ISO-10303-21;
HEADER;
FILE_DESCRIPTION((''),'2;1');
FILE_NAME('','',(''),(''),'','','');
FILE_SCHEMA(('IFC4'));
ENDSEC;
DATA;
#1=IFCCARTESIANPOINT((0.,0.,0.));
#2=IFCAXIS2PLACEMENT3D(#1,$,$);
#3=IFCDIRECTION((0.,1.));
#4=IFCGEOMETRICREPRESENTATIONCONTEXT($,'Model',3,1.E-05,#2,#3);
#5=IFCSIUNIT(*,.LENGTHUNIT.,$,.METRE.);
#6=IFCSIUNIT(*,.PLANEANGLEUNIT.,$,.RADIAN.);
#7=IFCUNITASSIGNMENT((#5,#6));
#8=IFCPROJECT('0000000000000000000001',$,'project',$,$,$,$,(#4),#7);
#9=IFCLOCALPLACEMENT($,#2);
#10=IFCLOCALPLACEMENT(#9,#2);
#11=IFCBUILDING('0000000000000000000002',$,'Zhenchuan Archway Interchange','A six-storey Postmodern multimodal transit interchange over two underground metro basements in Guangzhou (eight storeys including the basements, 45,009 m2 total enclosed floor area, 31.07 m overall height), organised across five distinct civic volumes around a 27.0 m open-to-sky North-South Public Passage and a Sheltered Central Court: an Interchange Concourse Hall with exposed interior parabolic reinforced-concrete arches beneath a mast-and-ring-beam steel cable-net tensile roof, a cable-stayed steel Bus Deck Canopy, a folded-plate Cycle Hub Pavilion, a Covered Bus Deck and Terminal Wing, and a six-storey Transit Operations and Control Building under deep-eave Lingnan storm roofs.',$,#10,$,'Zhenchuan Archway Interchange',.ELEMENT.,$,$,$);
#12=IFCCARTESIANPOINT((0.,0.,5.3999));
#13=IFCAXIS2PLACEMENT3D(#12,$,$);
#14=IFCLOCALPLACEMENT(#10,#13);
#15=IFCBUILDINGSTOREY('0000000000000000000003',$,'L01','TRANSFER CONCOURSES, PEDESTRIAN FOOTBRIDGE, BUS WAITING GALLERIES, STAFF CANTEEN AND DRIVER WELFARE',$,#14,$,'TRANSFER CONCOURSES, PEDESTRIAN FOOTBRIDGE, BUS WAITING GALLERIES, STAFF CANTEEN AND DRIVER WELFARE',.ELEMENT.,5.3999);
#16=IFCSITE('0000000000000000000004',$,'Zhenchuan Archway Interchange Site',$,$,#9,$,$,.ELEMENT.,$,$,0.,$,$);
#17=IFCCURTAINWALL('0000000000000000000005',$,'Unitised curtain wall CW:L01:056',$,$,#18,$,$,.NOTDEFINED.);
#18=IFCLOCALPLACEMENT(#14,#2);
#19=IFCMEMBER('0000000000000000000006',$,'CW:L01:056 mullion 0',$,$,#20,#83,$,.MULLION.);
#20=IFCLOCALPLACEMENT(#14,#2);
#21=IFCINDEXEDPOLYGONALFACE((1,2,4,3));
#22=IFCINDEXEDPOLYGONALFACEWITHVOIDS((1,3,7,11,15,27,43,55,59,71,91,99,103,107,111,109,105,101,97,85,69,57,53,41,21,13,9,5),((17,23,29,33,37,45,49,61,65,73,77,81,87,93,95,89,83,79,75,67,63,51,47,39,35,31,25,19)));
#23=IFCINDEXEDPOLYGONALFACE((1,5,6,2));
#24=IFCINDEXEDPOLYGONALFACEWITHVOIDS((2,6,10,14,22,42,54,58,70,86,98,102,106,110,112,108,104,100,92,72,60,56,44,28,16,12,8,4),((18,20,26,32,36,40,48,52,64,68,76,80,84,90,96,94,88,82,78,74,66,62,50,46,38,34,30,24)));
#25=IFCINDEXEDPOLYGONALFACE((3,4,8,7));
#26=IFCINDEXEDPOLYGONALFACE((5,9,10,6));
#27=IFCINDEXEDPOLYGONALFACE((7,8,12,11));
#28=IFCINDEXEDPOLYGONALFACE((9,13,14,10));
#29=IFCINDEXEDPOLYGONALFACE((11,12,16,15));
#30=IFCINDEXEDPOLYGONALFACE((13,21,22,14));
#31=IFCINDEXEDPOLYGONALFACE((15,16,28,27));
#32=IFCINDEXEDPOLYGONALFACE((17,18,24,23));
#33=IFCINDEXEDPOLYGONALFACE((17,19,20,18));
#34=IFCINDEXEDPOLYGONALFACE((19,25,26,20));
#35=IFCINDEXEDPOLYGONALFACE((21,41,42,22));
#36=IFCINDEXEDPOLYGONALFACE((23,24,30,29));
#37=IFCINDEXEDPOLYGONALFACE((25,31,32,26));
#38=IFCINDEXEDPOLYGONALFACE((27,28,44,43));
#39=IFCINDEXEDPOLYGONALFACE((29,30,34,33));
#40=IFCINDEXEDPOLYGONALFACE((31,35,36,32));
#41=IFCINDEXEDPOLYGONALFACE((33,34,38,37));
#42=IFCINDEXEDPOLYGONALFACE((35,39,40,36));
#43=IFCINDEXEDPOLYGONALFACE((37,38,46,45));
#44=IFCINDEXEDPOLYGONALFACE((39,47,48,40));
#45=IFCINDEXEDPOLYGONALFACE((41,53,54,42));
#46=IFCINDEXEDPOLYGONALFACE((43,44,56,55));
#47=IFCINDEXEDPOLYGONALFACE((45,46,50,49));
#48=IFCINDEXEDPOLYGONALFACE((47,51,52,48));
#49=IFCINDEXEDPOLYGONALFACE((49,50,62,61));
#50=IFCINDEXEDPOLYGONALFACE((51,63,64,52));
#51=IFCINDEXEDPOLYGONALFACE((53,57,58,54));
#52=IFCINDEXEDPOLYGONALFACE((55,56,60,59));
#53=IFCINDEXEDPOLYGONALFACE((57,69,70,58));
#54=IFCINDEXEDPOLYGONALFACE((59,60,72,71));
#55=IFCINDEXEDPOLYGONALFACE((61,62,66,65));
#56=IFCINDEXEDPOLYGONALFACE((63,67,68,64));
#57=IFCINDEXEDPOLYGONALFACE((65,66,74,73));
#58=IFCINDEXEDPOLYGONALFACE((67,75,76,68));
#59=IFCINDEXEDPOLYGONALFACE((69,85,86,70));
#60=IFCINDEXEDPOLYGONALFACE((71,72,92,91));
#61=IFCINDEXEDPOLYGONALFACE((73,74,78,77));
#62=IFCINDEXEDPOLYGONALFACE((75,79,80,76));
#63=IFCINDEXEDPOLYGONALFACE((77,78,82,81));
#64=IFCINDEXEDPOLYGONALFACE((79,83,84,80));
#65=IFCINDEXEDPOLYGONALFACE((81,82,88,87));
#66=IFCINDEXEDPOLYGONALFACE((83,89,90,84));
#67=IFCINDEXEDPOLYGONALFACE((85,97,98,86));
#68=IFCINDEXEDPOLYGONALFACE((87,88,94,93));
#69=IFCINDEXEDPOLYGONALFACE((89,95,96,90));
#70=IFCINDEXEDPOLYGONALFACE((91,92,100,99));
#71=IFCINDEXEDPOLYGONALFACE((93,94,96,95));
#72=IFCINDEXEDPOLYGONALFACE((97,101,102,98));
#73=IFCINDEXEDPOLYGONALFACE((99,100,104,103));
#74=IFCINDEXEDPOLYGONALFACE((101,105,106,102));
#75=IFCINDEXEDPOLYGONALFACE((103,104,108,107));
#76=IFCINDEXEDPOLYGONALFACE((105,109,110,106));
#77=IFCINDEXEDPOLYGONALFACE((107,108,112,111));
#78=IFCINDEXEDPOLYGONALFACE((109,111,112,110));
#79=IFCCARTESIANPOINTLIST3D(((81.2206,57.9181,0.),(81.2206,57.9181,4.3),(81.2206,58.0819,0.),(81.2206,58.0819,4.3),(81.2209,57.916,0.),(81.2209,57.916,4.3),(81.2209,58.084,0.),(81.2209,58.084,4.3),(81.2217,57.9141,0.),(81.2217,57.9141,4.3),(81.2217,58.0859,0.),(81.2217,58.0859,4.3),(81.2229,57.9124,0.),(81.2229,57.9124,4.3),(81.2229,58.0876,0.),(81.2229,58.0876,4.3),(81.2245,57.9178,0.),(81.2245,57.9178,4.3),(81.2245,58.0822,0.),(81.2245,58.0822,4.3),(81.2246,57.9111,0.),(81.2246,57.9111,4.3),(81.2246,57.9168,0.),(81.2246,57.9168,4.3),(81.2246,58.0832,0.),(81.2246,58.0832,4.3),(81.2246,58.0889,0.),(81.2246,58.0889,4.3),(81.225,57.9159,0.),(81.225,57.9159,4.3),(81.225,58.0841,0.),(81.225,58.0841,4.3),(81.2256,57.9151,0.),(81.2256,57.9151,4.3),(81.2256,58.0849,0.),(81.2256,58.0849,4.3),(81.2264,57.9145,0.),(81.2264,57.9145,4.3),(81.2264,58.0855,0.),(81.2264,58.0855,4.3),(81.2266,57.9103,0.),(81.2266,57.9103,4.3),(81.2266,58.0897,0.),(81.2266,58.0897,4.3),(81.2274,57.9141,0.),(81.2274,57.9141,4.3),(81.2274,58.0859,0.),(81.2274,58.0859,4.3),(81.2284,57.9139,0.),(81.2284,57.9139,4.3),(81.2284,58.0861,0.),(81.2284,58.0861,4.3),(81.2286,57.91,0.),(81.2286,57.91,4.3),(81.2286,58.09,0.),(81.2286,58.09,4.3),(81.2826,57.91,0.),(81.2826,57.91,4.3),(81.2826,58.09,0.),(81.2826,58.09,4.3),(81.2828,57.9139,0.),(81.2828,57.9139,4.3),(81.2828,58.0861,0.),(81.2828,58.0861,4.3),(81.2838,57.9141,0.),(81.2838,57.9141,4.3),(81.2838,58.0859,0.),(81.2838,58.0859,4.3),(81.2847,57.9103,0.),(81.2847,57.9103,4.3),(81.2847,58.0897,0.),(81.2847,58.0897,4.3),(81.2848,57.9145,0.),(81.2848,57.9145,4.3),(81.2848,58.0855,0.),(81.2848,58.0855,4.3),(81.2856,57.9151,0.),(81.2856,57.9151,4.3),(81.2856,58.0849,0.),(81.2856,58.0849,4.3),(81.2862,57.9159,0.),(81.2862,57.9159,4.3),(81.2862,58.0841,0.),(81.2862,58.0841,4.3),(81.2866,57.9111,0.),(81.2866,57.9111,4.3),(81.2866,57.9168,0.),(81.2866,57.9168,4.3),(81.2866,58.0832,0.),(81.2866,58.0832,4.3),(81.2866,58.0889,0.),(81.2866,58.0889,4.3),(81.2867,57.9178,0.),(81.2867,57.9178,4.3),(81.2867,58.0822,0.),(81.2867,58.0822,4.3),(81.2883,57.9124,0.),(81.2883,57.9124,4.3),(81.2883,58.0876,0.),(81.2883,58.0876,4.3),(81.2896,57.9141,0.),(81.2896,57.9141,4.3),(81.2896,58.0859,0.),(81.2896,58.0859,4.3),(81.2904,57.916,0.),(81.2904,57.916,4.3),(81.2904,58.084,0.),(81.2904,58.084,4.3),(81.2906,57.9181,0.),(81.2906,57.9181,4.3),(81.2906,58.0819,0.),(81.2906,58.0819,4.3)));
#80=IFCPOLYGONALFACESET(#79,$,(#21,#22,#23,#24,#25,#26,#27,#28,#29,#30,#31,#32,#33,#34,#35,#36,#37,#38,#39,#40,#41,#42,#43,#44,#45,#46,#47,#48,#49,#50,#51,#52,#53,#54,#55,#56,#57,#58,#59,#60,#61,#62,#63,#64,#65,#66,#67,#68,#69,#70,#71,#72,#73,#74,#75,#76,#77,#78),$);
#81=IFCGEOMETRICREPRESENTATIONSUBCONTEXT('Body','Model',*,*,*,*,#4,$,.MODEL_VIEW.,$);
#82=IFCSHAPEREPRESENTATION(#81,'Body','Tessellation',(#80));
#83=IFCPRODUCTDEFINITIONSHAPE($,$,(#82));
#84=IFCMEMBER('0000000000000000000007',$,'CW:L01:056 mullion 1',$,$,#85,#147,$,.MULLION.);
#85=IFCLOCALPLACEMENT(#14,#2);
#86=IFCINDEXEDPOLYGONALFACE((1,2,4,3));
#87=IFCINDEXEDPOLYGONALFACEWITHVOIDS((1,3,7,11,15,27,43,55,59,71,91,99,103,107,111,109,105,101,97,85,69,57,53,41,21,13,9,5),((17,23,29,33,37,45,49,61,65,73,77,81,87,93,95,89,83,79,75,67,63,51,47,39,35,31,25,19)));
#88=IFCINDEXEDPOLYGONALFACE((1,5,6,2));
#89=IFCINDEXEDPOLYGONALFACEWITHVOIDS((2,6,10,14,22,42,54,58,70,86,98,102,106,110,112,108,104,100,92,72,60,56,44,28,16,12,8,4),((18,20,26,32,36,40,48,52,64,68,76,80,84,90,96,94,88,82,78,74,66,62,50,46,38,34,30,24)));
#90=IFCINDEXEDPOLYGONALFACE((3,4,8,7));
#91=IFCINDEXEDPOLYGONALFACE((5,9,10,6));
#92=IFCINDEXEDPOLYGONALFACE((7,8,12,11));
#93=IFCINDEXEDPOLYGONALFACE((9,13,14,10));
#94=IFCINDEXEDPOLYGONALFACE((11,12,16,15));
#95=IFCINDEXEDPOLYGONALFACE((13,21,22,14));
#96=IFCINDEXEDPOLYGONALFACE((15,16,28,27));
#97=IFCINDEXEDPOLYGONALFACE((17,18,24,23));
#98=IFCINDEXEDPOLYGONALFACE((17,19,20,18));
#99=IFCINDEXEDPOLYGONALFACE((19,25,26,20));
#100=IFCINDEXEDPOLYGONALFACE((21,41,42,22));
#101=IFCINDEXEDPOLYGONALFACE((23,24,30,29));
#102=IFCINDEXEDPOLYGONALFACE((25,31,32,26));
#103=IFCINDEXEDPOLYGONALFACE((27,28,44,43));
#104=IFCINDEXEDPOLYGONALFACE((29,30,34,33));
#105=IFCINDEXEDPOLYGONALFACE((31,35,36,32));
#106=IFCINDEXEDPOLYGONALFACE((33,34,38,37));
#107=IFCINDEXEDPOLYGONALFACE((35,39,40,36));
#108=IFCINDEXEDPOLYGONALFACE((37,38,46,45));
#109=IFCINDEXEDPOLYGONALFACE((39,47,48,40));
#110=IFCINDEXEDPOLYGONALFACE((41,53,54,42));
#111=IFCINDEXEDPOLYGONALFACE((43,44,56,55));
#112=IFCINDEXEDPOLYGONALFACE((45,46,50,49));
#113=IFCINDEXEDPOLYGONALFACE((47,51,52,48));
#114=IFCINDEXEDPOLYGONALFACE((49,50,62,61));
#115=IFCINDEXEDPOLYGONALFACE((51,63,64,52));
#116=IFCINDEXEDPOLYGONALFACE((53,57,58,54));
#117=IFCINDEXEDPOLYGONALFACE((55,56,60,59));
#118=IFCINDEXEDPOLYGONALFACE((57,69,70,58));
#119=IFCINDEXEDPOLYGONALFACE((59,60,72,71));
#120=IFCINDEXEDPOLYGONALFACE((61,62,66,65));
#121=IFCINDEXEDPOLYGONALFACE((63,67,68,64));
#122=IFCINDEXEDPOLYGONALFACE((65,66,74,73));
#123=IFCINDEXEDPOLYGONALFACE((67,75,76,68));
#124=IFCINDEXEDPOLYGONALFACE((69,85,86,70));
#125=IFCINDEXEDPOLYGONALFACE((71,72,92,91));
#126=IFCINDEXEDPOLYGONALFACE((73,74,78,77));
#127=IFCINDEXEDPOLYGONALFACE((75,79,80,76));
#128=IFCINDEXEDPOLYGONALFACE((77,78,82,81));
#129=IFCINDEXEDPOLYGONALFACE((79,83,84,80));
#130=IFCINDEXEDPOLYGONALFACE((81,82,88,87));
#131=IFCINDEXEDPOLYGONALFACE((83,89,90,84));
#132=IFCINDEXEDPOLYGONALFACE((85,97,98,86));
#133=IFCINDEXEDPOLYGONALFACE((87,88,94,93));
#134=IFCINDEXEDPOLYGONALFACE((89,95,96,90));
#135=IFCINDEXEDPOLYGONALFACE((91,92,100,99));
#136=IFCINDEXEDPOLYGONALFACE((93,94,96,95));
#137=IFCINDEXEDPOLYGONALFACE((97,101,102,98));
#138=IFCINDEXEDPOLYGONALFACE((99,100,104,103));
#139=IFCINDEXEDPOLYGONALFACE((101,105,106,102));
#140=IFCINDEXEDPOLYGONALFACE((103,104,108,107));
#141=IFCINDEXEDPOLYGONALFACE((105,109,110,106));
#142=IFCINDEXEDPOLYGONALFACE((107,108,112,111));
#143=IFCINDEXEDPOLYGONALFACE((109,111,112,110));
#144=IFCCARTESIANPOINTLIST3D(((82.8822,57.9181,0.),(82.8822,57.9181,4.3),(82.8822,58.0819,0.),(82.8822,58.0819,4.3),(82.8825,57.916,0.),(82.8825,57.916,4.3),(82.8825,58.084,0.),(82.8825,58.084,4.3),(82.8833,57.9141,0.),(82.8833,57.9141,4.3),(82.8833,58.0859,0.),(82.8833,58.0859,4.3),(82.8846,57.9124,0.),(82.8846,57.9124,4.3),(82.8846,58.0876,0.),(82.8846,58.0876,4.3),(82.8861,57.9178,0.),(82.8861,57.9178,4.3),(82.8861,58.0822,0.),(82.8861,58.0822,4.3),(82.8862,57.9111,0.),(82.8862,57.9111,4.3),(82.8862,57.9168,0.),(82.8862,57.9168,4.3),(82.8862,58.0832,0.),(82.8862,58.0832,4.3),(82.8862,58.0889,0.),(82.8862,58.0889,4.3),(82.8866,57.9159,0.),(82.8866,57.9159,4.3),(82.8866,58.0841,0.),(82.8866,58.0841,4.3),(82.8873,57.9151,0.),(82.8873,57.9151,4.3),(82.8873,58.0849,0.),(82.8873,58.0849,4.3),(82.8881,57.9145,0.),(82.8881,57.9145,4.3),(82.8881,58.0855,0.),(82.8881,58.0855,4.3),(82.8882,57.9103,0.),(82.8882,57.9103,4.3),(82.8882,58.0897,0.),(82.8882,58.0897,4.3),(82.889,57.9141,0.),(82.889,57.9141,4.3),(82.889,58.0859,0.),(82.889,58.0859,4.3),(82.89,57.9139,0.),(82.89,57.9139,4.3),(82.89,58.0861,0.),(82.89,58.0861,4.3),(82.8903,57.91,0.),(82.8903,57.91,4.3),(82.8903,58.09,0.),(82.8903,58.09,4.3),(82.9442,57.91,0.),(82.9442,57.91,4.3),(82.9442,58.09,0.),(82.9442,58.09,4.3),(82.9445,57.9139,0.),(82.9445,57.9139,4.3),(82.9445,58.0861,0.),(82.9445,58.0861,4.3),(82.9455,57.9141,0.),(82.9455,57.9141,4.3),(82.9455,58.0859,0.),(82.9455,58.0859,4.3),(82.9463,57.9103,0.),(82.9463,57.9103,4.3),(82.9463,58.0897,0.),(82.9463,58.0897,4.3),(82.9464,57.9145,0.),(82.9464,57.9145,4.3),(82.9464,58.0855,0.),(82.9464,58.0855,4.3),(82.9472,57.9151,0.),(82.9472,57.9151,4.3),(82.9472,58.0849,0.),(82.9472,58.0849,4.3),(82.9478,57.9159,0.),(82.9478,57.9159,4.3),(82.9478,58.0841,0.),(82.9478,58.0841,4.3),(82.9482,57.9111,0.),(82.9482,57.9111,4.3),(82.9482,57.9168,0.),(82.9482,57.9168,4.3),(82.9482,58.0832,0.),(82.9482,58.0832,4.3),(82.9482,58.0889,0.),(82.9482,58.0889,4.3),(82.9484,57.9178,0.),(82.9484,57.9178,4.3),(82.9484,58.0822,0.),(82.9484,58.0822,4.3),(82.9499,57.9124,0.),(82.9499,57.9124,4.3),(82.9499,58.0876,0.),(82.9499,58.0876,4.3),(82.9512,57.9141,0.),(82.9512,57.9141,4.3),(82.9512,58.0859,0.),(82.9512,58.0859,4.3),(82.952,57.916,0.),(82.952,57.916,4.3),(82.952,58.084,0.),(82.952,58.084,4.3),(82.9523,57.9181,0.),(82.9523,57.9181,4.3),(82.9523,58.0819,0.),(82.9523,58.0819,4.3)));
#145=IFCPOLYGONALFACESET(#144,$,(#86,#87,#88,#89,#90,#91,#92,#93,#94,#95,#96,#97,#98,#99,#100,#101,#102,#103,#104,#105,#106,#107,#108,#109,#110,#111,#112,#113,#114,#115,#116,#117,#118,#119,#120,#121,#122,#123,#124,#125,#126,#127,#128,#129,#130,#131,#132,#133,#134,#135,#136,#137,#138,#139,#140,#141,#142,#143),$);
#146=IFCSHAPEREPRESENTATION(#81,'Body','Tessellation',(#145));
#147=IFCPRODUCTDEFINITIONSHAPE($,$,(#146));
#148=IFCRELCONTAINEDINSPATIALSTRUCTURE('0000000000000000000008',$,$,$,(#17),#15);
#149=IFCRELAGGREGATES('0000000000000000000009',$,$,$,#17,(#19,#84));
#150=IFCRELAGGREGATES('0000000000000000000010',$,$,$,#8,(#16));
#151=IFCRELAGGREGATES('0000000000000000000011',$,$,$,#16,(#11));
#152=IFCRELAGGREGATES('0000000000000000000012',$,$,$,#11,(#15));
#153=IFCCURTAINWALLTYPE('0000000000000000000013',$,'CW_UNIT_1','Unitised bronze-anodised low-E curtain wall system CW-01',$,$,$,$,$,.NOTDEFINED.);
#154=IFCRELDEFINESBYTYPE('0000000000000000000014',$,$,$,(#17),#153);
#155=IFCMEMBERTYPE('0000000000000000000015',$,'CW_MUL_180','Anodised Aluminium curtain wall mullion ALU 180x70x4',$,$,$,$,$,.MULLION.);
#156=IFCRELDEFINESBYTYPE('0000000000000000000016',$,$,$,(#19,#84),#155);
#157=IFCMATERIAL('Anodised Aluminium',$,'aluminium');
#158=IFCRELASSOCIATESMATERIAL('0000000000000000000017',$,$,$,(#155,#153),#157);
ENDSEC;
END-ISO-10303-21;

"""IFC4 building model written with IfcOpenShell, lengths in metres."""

from ifc_helpers import new_model, si_unit, direction, frame, origin, origin_2d, place, context, subcontext, project, spatial, hollow_rectangle, extrude, material, material_profile, profile_set, type_object, element, aggregate, save


model = new_model("IFC4")

# Units and contexts
model_context = context("Model", 3, precision=1e-05, world=origin(), true_north=direction((0.0, 1.0)))
body_context = subcontext(model_context, "Body", "Model", "MODEL_VIEW")
ifc_project = project(units=[si_unit("LENGTHUNIT", "METRE"), si_unit("PLANEANGLEUNIT", "RADIAN")], contexts=[model_context])

# Site, building, storey
site_placement = place(None, origin())
site = spatial("IfcSite", under=ifc_project, at=site_placement, Name="Zhenchuan Archway Interchange Site", CompositionType="ELEMENT", RefElevation=0.0)
building_placement = place(site_placement, origin())
building = spatial("IfcBuilding", under=site, at=building_placement, Name="Zhenchuan Archway Interchange", Description="A six-storey Postmodern multimodal transit interchange over two underground metro basements in Guangzhou (eight storeys including the basements, 45,009 m2 total enclosed floor area, 31.07 m overall height), organised across five distinct civic volumes around a 27.0 m open-to-sky North-South Public Passage and a Sheltered Central Court: an Interchange Concourse Hall with exposed interior parabolic reinforced-concrete arches beneath a mast-and-ring-beam steel cable-net tensile roof, a cable-stayed steel Bus Deck Canopy, a folded-plate Cycle Hub Pavilion, a Covered Bus Deck and Terminal Wing, and a six-storey Transit Operations and Control Building under deep-eave Lingnan storm roofs.", LongName="Zhenchuan Archway Interchange", CompositionType="ELEMENT")
storey_placement = place(building_placement, frame((0.0, 0.0, 5.3999)))
storey = spatial("IfcBuildingStorey", under=building, at=storey_placement, Name="L01", Description="TRANSFER CONCOURSES, PEDESTRIAN FOOTBRIDGE, BUS WAITING GALLERIES, STAFF CANTEEN AND DRIVER WELFARE", LongName="TRANSFER CONCOURSES, PEDESTRIAN FOOTBRIDGE, BUS WAITING GALLERIES, STAFF CANTEEN AND DRIVER WELFARE", CompositionType="ELEMENT", Elevation=5.3999)

# Shared definitions
ifc_material_1 = material(Name="Anodised Aluminium", Category="aluminium")
ifc_material_profile_1 = material_profile(ifc_material_1, hollow_rectangle(XDim=0.0701, YDim=0.1799, WallThickness=0.0039, InnerFilletRadius=0.0039, OuterFilletRadius=0.0081, at=origin_2d()), Name="ALU 180x70x4")
ifc_profile_set_1 = profile_set([ifc_material_profile_1], Name="Anodised Aluminium")
member_type_1 = type_object("IfcMemberType", Name="CW_MUL_180", Description="Anodised Aluminium curtain wall mullion ALU 180x70x4", PredefinedType="MULLION", material=ifc_profile_set_1)

# Curtain wall, members
curtain_wall_type_1 = type_object("IfcCurtainWallType", Name="CW_UNIT_1", Description="Unitised bronze-anodised low-E curtain wall system CW-01", PredefinedType="NOTDEFINED", material=ifc_material_1)
curtain_wall_1_placement = place(storey_placement, origin())
curtain_wall_1 = element("IfcCurtainWall", 1, at=curtain_wall_1_placement, inside=storey, type_object=curtain_wall_type_1, Name="Unitised curtain wall CW:L01:056", PredefinedType="NOTDEFINED")
member_1_placement = place(storey_placement, frame((81.2556, 58.0, 0.0), z_axis=(0.0, 0.0, 1.0), x_axis=(1.0, 0.0, 0.0)))
member_1 = element("IfcMember", 2, at=member_1_placement, type_object=member_type_1, Name="CW:L01:056 mullion 0", PredefinedType="MULLION", context=body_context, shape_type="SweptSolid", body=[
    extrude(hollow_rectangle(XDim=0.0701, YDim=0.1799, WallThickness=0.0039, InnerFilletRadius=0.0039, OuterFilletRadius=0.0081, at=origin_2d()), origin(), (0.0, 0.0, 1.0), 4.3),
])
member_2_placement = place(storey_placement, frame((82.9172, 58.0, 0.0), z_axis=(0.0, 0.0, 1.0), x_axis=(1.0, 0.0, 0.0)))
member_2 = element("IfcMember", 3, at=member_2_placement, type_object=member_type_1, Name="CW:L01:056 mullion 1", PredefinedType="MULLION", context=body_context, shape_type="SweptSolid", body=[
    extrude(hollow_rectangle(XDim=0.0701, YDim=0.1799, WallThickness=0.0039, InnerFilletRadius=0.0039, OuterFilletRadius=0.0081, at=origin_2d()), origin(), (0.0, 0.0, 1.0), 4.3),
])

aggregate(curtain_wall_1, [member_1, member_2])

save(model, "model.ifc")
